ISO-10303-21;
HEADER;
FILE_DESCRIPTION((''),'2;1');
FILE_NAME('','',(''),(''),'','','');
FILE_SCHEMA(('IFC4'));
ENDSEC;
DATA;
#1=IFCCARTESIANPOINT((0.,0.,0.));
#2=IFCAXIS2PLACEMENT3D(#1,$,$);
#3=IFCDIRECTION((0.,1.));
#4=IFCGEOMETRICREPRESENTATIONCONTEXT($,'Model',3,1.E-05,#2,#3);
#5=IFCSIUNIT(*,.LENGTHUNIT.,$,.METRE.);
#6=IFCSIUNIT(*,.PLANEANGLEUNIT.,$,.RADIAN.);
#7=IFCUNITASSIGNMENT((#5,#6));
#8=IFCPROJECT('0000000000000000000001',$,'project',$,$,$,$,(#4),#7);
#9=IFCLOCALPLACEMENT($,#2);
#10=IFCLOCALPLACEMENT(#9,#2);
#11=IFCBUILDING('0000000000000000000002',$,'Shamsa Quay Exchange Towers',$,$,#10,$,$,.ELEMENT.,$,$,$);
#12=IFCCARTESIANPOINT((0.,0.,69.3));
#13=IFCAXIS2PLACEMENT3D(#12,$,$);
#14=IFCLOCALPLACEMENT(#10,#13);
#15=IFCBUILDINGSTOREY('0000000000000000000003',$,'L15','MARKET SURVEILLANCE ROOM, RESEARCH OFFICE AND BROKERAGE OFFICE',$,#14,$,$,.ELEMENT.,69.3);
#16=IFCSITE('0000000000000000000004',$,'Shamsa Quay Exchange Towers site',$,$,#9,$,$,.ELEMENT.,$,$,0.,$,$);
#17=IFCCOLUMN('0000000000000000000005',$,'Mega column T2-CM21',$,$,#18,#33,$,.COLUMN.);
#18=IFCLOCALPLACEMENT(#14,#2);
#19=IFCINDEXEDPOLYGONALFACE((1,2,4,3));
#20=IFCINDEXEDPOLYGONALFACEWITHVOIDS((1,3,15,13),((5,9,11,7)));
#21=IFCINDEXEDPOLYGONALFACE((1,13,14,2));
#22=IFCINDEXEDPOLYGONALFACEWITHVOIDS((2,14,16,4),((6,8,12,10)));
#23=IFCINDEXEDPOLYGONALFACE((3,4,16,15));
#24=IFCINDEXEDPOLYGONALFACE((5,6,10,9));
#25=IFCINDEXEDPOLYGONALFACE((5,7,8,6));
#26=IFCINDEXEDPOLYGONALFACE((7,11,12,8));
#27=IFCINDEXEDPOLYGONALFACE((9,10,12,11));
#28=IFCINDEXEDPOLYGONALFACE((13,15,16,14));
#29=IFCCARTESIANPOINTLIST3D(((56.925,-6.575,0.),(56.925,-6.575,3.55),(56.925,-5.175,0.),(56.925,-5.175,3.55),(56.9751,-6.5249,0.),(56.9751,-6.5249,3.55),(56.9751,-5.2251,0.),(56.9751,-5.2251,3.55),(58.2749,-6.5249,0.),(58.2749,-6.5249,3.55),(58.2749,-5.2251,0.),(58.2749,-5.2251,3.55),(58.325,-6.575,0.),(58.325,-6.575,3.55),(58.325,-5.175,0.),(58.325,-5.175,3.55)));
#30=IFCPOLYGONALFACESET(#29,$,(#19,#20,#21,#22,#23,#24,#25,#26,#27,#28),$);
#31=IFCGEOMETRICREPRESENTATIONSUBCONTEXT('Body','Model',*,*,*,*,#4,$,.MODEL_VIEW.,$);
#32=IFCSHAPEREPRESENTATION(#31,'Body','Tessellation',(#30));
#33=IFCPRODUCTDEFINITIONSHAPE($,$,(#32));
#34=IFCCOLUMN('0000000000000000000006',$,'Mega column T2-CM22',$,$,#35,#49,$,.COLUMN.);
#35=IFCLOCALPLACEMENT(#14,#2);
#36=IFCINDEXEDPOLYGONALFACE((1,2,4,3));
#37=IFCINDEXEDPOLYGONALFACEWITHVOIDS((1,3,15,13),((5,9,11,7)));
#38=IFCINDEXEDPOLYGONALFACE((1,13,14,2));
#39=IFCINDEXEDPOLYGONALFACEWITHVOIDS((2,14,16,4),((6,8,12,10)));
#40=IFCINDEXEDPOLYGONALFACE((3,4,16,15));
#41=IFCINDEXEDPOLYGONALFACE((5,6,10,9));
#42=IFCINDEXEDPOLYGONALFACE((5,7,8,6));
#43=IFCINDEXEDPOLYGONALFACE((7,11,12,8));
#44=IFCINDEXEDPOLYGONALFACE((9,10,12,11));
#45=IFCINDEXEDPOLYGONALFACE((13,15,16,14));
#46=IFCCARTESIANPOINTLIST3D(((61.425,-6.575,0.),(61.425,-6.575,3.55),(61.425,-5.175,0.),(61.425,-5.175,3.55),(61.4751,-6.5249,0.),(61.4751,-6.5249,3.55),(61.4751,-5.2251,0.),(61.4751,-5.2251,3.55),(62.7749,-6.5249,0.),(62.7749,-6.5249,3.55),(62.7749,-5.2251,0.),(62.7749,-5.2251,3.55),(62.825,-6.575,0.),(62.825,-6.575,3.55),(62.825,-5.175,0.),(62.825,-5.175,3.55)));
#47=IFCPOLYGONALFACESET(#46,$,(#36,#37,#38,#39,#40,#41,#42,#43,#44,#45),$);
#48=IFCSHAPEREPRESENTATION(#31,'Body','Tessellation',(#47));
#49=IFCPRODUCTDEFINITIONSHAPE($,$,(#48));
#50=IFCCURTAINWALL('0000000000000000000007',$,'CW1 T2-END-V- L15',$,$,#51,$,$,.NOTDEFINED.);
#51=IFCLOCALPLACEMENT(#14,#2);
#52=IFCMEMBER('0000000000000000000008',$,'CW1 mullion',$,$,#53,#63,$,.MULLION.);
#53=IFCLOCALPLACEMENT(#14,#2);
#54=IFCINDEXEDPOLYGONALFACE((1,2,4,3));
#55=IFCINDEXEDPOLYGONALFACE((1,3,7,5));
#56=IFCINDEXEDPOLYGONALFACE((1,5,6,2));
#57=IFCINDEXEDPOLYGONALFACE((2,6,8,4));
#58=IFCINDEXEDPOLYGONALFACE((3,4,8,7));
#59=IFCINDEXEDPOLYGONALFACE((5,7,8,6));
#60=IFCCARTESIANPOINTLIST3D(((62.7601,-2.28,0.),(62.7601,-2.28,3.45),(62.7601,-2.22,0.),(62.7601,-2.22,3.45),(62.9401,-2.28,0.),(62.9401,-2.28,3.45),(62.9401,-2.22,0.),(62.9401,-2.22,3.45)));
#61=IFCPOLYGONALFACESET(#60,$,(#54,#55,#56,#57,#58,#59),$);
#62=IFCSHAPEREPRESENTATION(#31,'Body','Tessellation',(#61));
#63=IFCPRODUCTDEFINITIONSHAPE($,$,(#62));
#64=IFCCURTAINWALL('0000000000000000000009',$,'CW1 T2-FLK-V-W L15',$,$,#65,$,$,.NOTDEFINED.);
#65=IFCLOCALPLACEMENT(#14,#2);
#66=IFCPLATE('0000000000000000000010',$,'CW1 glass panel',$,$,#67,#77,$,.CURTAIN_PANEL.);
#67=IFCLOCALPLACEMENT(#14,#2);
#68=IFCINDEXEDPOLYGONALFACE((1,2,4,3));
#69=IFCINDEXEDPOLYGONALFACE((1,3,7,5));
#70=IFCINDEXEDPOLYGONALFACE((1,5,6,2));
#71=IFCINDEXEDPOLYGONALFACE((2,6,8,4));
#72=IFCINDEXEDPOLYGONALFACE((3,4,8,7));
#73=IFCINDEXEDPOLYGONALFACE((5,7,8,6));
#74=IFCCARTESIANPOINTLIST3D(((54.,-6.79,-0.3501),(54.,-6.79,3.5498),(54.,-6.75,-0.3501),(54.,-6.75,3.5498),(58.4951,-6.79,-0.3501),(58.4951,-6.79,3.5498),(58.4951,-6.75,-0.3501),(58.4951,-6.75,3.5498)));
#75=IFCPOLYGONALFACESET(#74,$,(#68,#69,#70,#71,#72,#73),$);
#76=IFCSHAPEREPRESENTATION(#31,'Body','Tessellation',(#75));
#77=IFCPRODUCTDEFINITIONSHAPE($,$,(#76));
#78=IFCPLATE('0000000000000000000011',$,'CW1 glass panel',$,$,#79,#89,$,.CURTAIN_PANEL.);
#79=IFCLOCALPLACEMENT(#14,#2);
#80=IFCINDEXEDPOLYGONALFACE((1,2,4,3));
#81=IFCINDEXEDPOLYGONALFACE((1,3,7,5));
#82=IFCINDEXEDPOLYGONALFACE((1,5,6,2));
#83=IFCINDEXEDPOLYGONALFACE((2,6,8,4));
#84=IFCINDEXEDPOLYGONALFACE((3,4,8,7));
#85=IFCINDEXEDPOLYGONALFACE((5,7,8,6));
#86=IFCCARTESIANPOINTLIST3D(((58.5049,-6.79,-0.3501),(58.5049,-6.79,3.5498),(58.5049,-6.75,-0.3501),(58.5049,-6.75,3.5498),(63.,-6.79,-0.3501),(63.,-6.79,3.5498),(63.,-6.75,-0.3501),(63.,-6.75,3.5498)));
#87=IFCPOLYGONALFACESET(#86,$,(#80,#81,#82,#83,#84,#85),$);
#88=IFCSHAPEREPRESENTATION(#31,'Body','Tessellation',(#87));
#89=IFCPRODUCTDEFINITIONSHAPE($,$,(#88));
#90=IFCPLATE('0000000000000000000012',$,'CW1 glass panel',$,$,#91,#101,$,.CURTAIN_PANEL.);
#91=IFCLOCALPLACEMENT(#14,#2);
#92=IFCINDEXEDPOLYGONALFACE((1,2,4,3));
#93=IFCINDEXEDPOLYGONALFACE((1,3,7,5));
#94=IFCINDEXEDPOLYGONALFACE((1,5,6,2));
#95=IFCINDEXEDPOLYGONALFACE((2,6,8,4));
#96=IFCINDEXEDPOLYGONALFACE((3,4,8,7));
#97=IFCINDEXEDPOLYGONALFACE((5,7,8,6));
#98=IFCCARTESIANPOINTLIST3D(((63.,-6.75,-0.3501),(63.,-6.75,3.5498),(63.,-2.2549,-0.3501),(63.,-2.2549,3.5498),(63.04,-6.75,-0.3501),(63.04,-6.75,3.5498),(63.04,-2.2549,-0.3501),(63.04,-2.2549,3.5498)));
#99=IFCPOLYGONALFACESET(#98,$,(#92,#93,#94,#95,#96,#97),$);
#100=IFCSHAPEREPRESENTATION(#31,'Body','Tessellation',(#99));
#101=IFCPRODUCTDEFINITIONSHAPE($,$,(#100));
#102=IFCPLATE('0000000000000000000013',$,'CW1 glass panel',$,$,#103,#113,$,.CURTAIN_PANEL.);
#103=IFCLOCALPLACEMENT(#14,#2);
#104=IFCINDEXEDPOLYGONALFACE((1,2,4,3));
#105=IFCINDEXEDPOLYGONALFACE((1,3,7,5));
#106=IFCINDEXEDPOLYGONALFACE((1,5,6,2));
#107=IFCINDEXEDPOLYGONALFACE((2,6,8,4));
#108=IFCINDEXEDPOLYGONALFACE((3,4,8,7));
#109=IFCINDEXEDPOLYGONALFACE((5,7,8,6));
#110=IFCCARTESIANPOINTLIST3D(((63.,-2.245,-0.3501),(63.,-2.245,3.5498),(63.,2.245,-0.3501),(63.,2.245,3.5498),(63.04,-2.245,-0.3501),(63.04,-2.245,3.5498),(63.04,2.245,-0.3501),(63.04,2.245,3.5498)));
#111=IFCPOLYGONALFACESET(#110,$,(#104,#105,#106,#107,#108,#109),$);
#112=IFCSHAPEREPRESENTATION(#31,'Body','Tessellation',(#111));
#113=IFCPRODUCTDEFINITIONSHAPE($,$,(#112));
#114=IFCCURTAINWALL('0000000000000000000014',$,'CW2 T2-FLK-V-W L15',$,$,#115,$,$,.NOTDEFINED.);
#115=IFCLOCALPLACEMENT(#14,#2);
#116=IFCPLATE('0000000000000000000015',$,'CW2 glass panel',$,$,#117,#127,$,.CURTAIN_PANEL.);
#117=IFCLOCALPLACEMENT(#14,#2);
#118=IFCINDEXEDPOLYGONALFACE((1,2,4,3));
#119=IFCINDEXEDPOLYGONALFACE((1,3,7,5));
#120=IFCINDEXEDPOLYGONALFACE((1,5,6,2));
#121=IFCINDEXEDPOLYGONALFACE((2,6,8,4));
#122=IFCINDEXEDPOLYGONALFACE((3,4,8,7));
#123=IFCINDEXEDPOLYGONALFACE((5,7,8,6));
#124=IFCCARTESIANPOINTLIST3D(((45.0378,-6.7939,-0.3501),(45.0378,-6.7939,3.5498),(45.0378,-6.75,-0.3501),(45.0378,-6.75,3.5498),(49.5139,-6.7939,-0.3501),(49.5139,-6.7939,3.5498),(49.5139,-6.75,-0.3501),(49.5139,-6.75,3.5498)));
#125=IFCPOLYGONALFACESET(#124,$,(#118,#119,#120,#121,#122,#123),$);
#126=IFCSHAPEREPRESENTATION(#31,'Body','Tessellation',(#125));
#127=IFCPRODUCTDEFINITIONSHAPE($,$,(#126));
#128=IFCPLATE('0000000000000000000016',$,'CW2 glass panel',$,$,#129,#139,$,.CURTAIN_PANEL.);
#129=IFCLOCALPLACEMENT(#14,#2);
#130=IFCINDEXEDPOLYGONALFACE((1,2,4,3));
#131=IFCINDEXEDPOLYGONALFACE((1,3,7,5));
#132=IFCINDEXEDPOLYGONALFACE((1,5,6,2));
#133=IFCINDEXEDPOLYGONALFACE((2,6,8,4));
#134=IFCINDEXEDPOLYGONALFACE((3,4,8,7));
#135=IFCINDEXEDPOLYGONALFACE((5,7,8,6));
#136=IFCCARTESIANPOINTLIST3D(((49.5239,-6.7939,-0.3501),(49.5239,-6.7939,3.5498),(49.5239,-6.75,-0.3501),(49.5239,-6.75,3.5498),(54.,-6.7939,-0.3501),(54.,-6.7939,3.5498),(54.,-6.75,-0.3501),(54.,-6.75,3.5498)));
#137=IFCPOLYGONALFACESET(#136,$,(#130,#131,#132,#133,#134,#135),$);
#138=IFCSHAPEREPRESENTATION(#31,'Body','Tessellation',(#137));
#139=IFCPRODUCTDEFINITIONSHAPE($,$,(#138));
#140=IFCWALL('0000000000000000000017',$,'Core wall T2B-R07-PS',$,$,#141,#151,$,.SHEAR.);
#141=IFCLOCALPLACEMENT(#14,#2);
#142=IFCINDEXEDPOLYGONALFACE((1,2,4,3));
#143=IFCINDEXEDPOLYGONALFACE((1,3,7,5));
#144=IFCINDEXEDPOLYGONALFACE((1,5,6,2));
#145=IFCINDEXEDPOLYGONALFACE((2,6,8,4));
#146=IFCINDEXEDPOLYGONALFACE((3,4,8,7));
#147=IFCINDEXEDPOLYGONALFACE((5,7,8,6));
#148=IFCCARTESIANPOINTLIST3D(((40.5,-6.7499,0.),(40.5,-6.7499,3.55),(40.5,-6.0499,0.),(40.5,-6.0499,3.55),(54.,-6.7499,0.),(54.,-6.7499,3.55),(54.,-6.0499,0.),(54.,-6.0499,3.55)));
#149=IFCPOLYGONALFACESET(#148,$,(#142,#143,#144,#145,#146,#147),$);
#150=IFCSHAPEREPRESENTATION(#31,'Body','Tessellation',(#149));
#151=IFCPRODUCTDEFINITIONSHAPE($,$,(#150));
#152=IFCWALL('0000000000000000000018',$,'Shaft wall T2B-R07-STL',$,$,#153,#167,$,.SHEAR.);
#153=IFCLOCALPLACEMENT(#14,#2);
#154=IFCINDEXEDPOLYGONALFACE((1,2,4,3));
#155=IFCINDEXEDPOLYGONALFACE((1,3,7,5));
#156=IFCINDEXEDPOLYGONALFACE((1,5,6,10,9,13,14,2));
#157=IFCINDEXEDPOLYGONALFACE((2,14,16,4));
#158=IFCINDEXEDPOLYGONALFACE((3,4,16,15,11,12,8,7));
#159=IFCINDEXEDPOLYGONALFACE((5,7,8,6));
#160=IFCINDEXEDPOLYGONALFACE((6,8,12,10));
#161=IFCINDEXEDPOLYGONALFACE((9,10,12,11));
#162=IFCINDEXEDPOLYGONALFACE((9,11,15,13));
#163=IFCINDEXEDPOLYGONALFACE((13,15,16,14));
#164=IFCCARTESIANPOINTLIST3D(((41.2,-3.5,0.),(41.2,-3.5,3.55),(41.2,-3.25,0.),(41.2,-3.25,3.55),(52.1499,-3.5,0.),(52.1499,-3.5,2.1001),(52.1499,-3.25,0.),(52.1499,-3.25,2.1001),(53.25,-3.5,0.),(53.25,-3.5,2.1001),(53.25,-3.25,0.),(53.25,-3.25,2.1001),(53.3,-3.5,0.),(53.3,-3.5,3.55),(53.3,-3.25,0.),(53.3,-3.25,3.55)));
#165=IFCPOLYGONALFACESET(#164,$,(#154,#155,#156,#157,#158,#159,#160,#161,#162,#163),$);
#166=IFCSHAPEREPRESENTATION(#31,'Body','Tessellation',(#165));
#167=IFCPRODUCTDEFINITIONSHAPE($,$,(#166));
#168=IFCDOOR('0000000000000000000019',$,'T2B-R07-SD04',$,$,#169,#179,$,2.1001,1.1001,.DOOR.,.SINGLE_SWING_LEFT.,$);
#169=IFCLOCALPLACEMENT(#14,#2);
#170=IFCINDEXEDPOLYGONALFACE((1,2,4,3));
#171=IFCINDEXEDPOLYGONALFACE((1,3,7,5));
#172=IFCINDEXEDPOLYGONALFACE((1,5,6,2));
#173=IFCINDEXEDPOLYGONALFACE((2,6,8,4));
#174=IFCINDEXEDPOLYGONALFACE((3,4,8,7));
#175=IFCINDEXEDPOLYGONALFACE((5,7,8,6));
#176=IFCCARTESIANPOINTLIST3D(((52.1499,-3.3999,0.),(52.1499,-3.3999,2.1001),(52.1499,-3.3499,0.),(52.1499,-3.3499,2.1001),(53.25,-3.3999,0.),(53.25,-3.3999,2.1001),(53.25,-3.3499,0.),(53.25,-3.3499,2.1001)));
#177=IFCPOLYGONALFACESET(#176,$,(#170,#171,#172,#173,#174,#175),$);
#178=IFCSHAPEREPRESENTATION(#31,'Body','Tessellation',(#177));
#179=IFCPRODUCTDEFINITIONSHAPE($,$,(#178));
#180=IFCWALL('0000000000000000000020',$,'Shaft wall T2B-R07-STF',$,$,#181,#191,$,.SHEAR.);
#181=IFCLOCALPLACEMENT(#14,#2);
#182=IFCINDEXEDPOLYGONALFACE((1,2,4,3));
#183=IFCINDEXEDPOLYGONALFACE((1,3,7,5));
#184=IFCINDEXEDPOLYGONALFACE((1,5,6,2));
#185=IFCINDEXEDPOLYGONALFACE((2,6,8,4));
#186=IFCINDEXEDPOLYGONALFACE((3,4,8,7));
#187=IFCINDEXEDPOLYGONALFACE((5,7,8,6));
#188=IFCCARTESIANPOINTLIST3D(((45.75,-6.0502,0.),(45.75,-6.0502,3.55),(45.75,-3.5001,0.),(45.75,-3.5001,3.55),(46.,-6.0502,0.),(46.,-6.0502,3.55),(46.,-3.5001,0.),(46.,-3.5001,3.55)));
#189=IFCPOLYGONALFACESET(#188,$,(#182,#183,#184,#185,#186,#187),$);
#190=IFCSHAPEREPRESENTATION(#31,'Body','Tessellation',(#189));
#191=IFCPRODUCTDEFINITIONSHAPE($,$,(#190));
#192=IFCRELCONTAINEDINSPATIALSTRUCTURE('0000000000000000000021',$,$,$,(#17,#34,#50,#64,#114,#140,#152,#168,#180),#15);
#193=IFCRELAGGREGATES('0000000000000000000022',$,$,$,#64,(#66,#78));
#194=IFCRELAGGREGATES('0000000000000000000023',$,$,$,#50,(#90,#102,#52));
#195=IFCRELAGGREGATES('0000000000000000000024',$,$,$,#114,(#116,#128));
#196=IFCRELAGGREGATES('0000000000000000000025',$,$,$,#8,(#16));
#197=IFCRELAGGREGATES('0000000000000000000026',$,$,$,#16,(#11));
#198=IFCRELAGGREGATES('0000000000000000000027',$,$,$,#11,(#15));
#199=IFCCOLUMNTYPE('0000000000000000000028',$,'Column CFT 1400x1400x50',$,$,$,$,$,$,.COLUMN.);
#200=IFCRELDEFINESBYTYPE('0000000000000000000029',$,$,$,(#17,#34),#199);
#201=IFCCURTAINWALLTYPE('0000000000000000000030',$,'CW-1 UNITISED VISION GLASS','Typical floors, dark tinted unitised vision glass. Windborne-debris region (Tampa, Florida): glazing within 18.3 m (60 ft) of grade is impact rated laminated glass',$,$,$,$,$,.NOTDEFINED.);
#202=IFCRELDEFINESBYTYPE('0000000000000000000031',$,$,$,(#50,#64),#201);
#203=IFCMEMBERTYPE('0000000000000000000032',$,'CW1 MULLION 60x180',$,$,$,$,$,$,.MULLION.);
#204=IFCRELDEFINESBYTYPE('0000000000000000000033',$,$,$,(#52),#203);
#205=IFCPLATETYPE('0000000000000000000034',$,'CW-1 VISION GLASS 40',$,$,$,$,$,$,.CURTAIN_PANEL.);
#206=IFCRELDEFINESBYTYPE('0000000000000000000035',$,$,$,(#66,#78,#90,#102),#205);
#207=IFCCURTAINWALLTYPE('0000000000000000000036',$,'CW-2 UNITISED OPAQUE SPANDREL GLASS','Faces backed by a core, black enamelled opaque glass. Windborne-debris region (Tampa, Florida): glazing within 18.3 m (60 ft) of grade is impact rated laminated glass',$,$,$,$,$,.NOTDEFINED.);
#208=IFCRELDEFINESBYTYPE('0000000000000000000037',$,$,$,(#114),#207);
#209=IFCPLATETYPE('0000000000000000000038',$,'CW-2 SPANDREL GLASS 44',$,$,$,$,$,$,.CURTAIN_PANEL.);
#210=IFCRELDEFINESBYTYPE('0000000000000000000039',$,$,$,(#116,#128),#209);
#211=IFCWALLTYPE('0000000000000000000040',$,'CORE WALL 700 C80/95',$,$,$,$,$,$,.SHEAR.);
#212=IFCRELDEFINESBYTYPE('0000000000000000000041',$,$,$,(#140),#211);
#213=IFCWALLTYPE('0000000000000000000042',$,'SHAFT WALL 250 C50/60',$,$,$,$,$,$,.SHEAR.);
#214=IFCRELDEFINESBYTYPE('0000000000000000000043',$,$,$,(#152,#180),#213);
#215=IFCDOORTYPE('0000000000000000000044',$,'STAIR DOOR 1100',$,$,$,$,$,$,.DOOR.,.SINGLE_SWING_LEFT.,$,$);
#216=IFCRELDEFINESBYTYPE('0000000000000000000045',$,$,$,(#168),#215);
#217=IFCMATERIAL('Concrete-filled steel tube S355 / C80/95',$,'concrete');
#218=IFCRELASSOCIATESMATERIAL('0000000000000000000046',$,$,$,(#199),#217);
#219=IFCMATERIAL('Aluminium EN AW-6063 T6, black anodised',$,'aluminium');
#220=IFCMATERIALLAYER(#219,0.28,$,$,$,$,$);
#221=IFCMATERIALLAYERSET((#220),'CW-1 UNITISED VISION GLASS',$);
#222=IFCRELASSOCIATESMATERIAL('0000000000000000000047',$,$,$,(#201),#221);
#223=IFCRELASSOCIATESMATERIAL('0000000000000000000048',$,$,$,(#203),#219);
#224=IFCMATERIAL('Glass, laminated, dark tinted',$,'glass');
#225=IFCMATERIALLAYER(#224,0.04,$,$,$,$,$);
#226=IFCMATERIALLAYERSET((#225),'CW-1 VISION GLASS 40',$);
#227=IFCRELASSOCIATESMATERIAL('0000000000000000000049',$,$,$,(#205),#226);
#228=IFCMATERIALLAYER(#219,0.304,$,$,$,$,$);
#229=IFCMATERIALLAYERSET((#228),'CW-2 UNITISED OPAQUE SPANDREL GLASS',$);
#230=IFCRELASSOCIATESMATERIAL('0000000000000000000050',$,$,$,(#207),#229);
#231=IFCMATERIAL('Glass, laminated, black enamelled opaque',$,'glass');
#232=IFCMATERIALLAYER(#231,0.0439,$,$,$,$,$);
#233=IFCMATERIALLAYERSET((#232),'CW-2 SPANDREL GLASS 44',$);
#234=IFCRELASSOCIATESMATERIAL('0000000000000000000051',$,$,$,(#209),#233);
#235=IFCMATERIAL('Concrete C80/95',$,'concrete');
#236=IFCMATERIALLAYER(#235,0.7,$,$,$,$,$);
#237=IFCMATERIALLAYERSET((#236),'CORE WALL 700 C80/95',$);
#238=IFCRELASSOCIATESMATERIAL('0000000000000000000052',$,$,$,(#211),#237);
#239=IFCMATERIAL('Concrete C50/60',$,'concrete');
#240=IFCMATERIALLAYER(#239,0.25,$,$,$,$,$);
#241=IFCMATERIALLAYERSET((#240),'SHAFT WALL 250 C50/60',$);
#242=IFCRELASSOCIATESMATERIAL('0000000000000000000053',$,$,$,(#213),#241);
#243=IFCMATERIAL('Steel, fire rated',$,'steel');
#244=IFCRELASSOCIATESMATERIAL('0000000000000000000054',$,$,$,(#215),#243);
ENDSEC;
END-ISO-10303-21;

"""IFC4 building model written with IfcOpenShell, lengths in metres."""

from ifc_helpers import new_model, si_unit, direction, frame, frame_2d, origin, origin_2d, place, context, subcontext, project, spatial, rectangle, hollow_rectangle, extrude, material, layer, layer_set, material_profile, profile_set, type_object, element, fill, aggregate, save


model = new_model("IFC4")

# Units and contexts
model_context = context("Model", 3, precision=1e-05, world=origin(), true_north=direction((0.0, 1.0)))
body_context = subcontext(model_context, "Body", "Model", "MODEL_VIEW")
ifc_project = project(units=[si_unit("LENGTHUNIT", "METRE"), si_unit("PLANEANGLEUNIT", "RADIAN")], contexts=[model_context])

# Site, building, storey
site_placement = place(None, origin())
site = spatial("IfcSite", under=ifc_project, at=site_placement, Name="Shamsa Quay Exchange Towers site", CompositionType="ELEMENT", RefElevation=0.0)
building_placement = place(site_placement, origin())
building = spatial("IfcBuilding", under=site, at=building_placement, Name="Shamsa Quay Exchange Towers", CompositionType="ELEMENT")
storey_placement = place(building_placement, frame((0.0, 0.0, 69.3)))
storey = spatial("IfcBuildingStorey", under=building, at=storey_placement, Name="L15", Description="MARKET SURVEILLANCE ROOM, RESEARCH OFFICE AND BROKERAGE OFFICE", CompositionType="ELEMENT", Elevation=69.3)

# Columns
ifc_material_1 = material(Name="Concrete-filled steel tube S355 / C80/95", Category="concrete")
ifc_material_profile_1 = material_profile(ifc_material_1, hollow_rectangle(XDim=1.3999, YDim=1.3999, WallThickness=0.05, at=origin_2d()), Name="CFT 1400x1400x50")
ifc_profile_set_1 = profile_set([ifc_material_profile_1], Name="Concrete-filled steel tube S355 / C80/95")
column_type = type_object("IfcColumnType", Name="Column CFT 1400x1400x50", PredefinedType="COLUMN", material=ifc_profile_set_1)
for number, where, name in (
    (1, (57.625, -5.875, 0.0), "Mega column T2-CM21"),
    (2, (62.125, -5.875, 0.0), "Mega column T2-CM22"),
):
    element("IfcColumn", number, at=place(storey_placement, frame(where)), inside=storey, type_object=column_type, Name=name, PredefinedType="COLUMN", context=body_context, shape_type="SweptSolid", body=[
        extrude(hollow_rectangle(XDim=1.3999, YDim=1.3999, WallThickness=0.05, at=origin_2d()), origin(), (0.0, 0.0, 1.0), 3.55),
    ])

# Curtain wall, member
ifc_material_2 = material(Name="Aluminium EN AW-6063 T6, black anodised", Category="aluminium")
ifc_layer_1 = layer(ifc_material_2, 0.28)
ifc_layer_set_1 = layer_set([ifc_layer_1], Name="CW-1 UNITISED VISION GLASS")
curtain_wall_type_1 = type_object("IfcCurtainWallType", Name="CW-1 UNITISED VISION GLASS", Description="Typical floors, dark tinted unitised vision glass. Windborne-debris region (Tampa, Florida): glazing within 18.3 m (60 ft) of grade is impact rated laminated glass", PredefinedType="NOTDEFINED", material=ifc_layer_set_1)
curtain_wall_1_placement = place(storey_placement, origin())
curtain_wall_1 = element("IfcCurtainWall", 3, at=curtain_wall_1_placement, inside=storey, type_object=curtain_wall_type_1, Name="CW1 T2-END-V- L15", PredefinedType="NOTDEFINED")
ifc_material_profile_2 = material_profile(ifc_material_2, rectangle(XDim=0.1799, YDim=0.0601, at=origin_2d()), Name="MU60x180")
ifc_profile_set_2 = profile_set([ifc_material_profile_2], Name="Aluminium EN AW-6063 T6, black anodised")
member_type = type_object("IfcMemberType", Name="CW1 MULLION 60x180", PredefinedType="MULLION", material=ifc_profile_set_2)
member_placement = place(storey_placement, frame((62.8501, -2.25, 0.0), z_axis=(0.0, 0.0, 1.0), x_axis=(-1.0, 0.0, 0.0)))
member = element("IfcMember", 4, at=member_placement, type_object=member_type, Name="CW1 mullion", PredefinedType="MULLION", context=body_context, shape_type="SweptSolid", body=[
    extrude(rectangle(XDim=0.1799, YDim=0.0601, at=origin_2d()), origin(), (0.0, 0.0, 1.0), 3.45),
])

# Curtain wall, plates
curtain_wall_2_placement = place(storey_placement, origin())
curtain_wall_2 = element("IfcCurtainWall", 5, at=curtain_wall_2_placement, inside=storey, type_object=curtain_wall_type_1, Name="CW1 T2-FLK-V-W L15", PredefinedType="NOTDEFINED")
ifc_material_3 = material(Name="Glass, laminated, dark tinted", Category="glass")
ifc_layer_2 = layer(ifc_material_3, 0.04)
ifc_layer_set_2 = layer_set([ifc_layer_2], Name="CW-1 VISION GLASS 40")
plate_type_1 = type_object("IfcPlateType", Name="CW-1 VISION GLASS 40", PredefinedType="CURTAIN_PANEL", material=ifc_layer_set_2)
plate_1_placement = place(storey_placement, frame((56.2476, -6.77, -0.3501)))
plate_1 = element("IfcPlate", 6, at=plate_1_placement, type_object=plate_type_1, Name="CW1 glass panel", PredefinedType="CURTAIN_PANEL", context=body_context, shape_type="SweptSolid", body=[
    extrude(rectangle(XDim=4.4951, YDim=0.04, at=origin_2d()), origin(), (0.0, 0.0, 1.0), 3.8999),
])
plate_2_placement = place(storey_placement, frame((60.7524, -6.77, -0.3501)))
plate_2 = element("IfcPlate", 7, at=plate_2_placement, type_object=plate_type_1, Name="CW1 glass panel", PredefinedType="CURTAIN_PANEL", context=body_context, shape_type="SweptSolid", body=[
    extrude(rectangle(XDim=4.4951, YDim=0.04, at=origin_2d()), origin(), (0.0, 0.0, 1.0), 3.8999),
])
aggregate(curtain_wall_2, [plate_1, plate_2])

# Plates
plate_3_placement = place(storey_placement, frame((63.02, -4.5024, -0.3501), z_axis=(0.0, 0.0, 1.0), x_axis=(0.0, 1.0, 0.0)))
plate_3 = element("IfcPlate", 8, at=plate_3_placement, type_object=plate_type_1, Name="CW1 glass panel", PredefinedType="CURTAIN_PANEL", context=body_context, shape_type="SweptSolid", body=[
    extrude(rectangle(XDim=4.4951, YDim=0.04, at=origin_2d()), origin(), (0.0, 0.0, 1.0), 3.8999),
])
plate_4_placement = place(storey_placement, frame((63.02, 0.0, -0.3501), z_axis=(0.0, 0.0, 1.0), x_axis=(0.0, 1.0, 0.0)))
plate_4 = element("IfcPlate", 9, at=plate_4_placement, type_object=plate_type_1, Name="CW1 glass panel", PredefinedType="CURTAIN_PANEL", context=body_context, shape_type="SweptSolid", body=[
    extrude(rectangle(XDim=4.49, YDim=0.04, at=origin_2d()), origin(), (0.0, 0.0, 1.0), 3.8999),
])
aggregate(curtain_wall_1, [plate_3, plate_4, member])

# Curtain wall, plates
ifc_layer_3 = layer(ifc_material_2, 0.304)
ifc_layer_set_3 = layer_set([ifc_layer_3], Name="CW-2 UNITISED OPAQUE SPANDREL GLASS")
curtain_wall_type_2 = type_object("IfcCurtainWallType", Name="CW-2 UNITISED OPAQUE SPANDREL GLASS", Description="Faces backed by a core, black enamelled opaque glass. Windborne-debris region (Tampa, Florida): glazing within 18.3 m (60 ft) of grade is impact rated laminated glass", PredefinedType="NOTDEFINED", material=ifc_layer_set_3)
curtain_wall_3_placement = place(storey_placement, origin())
curtain_wall_3 = element("IfcCurtainWall", 10, at=curtain_wall_3_placement, inside=storey, type_object=curtain_wall_type_2, Name="CW2 T2-FLK-V-W L15", PredefinedType="NOTDEFINED")
ifc_material_4 = material(Name="Glass, laminated, black enamelled opaque", Category="glass")
ifc_layer_4 = layer(ifc_material_4, 0.0439)
ifc_layer_set_4 = layer_set([ifc_layer_4], Name="CW-2 SPANDREL GLASS 44")
plate_type_2 = type_object("IfcPlateType", Name="CW-2 SPANDREL GLASS 44", PredefinedType="CURTAIN_PANEL", material=ifc_layer_set_4)
plate_5_placement = place(storey_placement, frame((47.2759, -6.772, -0.3501)))
plate_5 = element("IfcPlate", 11, at=plate_5_placement, type_object=plate_type_2, Name="CW2 glass panel", PredefinedType="CURTAIN_PANEL", context=body_context, shape_type="SweptSolid", body=[
    extrude(rectangle(XDim=4.4761, YDim=0.0439, at=origin_2d()), origin(), (0.0, 0.0, 1.0), 3.8999),
])
plate_6_placement = place(storey_placement, frame((51.762, -6.772, -0.3501)))
plate_6 = element("IfcPlate", 12, at=plate_6_placement, type_object=plate_type_2, Name="CW2 glass panel", PredefinedType="CURTAIN_PANEL", context=body_context, shape_type="SweptSolid", body=[
    extrude(rectangle(XDim=4.4761, YDim=0.0439, at=origin_2d()), origin(), (0.0, 0.0, 1.0), 3.8999),
])
aggregate(curtain_wall_3, [plate_5, plate_6])

# Wall
ifc_material_5 = material(Name="Concrete C80/95", Category="concrete")
ifc_layer_5 = layer(ifc_material_5, 0.7)
ifc_layer_set_5 = layer_set([ifc_layer_5], Name="CORE WALL 700 C80/95")
wall_type_1 = type_object("IfcWallType", Name="CORE WALL 700 C80/95", PredefinedType="SHEAR", material=ifc_layer_set_5)
wall_1_placement = place(storey_placement, frame((54.0, -6.3999, 0.0), z_axis=(0.0, 0.0, 1.0), x_axis=(-1.0, 0.0, 0.0)))
element("IfcWall", 13, at=wall_1_placement, inside=storey, type_object=wall_type_1, Name="Core wall T2B-R07-PS", PredefinedType="SHEAR", context=body_context, shape_type="SweptSolid", body=[
    extrude(rectangle(XDim=13.5, YDim=0.7, at=frame_2d((6.75, 0.0))), origin(), (0.0, 0.0, 1.0), 3.55),
])

# Wall, opening, door
ifc_material_6 = material(Name="Steel, fire rated", Category="steel")
ifc_material_7 = material(Name="Concrete C50/60", Category="concrete")
ifc_layer_6 = layer(ifc_material_7, 0.25)
ifc_layer_set_6 = layer_set([ifc_layer_6], Name="SHAFT WALL 250 C50/60")
wall_type_2 = type_object("IfcWallType", Name="SHAFT WALL 250 C50/60", PredefinedType="SHEAR", material=ifc_layer_set_6)
wall_2_placement = place(storey_placement, frame((53.3, -3.375, 0.0), z_axis=(0.0, 0.0, 1.0), x_axis=(-1.0, 0.0, 0.0)))
wall_2 = element("IfcWall", 14, at=wall_2_placement, inside=storey, type_object=wall_type_2, Name="Shaft wall T2B-R07-STL", PredefinedType="SHEAR", context=body_context, shape_type="SweptSolid", body=[
    extrude(rectangle(XDim=12.1001, YDim=0.25, at=frame_2d((6.05, 0.0))), origin(), (0.0, 0.0, 1.0), 3.55),
])
opening_1_placement = place(wall_2_placement, frame((0.05, 0.0, 0.0)))
opening_1 = element("IfcOpeningElement", 15, at=opening_1_placement, cuts=wall_2, PredefinedType="OPENING", context=body_context, shape_type="SweptSolid", body=[
    extrude(rectangle(XDim=1.1001, YDim=2.1001, at=frame_2d((0.55, 1.05))), frame((0.0, 0.135, 0.0), z_axis=(0.0, -1.0, 0.0), x_axis=(1.0, 0.0, 0.0)), (0.0, 0.0, 1.0), 0.27),
])
door_type_1 = type_object("IfcDoorType", Name="STAIR DOOR 1100", OperationType="SINGLE_SWING_LEFT", PredefinedType="DOOR", material=ifc_material_6)
door_1_placement = place(opening_1_placement, origin())
door_1 = element("IfcDoor", 16, at=door_1_placement, inside=storey, type_object=door_type_1, Name="T2B-R07-SD04", OperationType="SINGLE_SWING_LEFT", OverallHeight=2.1001, OverallWidth=1.1001, PredefinedType="DOOR", context=body_context, shape_type="SweptSolid", body=[
    extrude(rectangle(XDim=1.1001, YDim=2.1001, at=frame_2d((0.55, 1.05))), frame((0.0, 0.0249, 0.0), z_axis=(0.0, -1.0, 0.0), x_axis=(1.0, 0.0, 0.0)), (0.0, 0.0, 1.0), 0.05),
])
fill(opening_1, door_1)

# Wall
wall_3_placement = place(storey_placement, frame((45.875, -6.05, 0.0), z_axis=(0.0, 0.0, 1.0), x_axis=(0.0, 1.0, 0.0)))
element("IfcWall", 17, at=wall_3_placement, inside=storey, type_object=wall_type_2, Name="Shaft wall T2B-R07-STF", PredefinedType="SHEAR", context=body_context, shape_type="SweptSolid", body=[
    extrude(rectangle(XDim=2.55, YDim=0.25, at=frame_2d((1.2749, 0.0))), origin(), (0.0, 0.0, 1.0), 3.55),
])

save(model, "model.ifc")
